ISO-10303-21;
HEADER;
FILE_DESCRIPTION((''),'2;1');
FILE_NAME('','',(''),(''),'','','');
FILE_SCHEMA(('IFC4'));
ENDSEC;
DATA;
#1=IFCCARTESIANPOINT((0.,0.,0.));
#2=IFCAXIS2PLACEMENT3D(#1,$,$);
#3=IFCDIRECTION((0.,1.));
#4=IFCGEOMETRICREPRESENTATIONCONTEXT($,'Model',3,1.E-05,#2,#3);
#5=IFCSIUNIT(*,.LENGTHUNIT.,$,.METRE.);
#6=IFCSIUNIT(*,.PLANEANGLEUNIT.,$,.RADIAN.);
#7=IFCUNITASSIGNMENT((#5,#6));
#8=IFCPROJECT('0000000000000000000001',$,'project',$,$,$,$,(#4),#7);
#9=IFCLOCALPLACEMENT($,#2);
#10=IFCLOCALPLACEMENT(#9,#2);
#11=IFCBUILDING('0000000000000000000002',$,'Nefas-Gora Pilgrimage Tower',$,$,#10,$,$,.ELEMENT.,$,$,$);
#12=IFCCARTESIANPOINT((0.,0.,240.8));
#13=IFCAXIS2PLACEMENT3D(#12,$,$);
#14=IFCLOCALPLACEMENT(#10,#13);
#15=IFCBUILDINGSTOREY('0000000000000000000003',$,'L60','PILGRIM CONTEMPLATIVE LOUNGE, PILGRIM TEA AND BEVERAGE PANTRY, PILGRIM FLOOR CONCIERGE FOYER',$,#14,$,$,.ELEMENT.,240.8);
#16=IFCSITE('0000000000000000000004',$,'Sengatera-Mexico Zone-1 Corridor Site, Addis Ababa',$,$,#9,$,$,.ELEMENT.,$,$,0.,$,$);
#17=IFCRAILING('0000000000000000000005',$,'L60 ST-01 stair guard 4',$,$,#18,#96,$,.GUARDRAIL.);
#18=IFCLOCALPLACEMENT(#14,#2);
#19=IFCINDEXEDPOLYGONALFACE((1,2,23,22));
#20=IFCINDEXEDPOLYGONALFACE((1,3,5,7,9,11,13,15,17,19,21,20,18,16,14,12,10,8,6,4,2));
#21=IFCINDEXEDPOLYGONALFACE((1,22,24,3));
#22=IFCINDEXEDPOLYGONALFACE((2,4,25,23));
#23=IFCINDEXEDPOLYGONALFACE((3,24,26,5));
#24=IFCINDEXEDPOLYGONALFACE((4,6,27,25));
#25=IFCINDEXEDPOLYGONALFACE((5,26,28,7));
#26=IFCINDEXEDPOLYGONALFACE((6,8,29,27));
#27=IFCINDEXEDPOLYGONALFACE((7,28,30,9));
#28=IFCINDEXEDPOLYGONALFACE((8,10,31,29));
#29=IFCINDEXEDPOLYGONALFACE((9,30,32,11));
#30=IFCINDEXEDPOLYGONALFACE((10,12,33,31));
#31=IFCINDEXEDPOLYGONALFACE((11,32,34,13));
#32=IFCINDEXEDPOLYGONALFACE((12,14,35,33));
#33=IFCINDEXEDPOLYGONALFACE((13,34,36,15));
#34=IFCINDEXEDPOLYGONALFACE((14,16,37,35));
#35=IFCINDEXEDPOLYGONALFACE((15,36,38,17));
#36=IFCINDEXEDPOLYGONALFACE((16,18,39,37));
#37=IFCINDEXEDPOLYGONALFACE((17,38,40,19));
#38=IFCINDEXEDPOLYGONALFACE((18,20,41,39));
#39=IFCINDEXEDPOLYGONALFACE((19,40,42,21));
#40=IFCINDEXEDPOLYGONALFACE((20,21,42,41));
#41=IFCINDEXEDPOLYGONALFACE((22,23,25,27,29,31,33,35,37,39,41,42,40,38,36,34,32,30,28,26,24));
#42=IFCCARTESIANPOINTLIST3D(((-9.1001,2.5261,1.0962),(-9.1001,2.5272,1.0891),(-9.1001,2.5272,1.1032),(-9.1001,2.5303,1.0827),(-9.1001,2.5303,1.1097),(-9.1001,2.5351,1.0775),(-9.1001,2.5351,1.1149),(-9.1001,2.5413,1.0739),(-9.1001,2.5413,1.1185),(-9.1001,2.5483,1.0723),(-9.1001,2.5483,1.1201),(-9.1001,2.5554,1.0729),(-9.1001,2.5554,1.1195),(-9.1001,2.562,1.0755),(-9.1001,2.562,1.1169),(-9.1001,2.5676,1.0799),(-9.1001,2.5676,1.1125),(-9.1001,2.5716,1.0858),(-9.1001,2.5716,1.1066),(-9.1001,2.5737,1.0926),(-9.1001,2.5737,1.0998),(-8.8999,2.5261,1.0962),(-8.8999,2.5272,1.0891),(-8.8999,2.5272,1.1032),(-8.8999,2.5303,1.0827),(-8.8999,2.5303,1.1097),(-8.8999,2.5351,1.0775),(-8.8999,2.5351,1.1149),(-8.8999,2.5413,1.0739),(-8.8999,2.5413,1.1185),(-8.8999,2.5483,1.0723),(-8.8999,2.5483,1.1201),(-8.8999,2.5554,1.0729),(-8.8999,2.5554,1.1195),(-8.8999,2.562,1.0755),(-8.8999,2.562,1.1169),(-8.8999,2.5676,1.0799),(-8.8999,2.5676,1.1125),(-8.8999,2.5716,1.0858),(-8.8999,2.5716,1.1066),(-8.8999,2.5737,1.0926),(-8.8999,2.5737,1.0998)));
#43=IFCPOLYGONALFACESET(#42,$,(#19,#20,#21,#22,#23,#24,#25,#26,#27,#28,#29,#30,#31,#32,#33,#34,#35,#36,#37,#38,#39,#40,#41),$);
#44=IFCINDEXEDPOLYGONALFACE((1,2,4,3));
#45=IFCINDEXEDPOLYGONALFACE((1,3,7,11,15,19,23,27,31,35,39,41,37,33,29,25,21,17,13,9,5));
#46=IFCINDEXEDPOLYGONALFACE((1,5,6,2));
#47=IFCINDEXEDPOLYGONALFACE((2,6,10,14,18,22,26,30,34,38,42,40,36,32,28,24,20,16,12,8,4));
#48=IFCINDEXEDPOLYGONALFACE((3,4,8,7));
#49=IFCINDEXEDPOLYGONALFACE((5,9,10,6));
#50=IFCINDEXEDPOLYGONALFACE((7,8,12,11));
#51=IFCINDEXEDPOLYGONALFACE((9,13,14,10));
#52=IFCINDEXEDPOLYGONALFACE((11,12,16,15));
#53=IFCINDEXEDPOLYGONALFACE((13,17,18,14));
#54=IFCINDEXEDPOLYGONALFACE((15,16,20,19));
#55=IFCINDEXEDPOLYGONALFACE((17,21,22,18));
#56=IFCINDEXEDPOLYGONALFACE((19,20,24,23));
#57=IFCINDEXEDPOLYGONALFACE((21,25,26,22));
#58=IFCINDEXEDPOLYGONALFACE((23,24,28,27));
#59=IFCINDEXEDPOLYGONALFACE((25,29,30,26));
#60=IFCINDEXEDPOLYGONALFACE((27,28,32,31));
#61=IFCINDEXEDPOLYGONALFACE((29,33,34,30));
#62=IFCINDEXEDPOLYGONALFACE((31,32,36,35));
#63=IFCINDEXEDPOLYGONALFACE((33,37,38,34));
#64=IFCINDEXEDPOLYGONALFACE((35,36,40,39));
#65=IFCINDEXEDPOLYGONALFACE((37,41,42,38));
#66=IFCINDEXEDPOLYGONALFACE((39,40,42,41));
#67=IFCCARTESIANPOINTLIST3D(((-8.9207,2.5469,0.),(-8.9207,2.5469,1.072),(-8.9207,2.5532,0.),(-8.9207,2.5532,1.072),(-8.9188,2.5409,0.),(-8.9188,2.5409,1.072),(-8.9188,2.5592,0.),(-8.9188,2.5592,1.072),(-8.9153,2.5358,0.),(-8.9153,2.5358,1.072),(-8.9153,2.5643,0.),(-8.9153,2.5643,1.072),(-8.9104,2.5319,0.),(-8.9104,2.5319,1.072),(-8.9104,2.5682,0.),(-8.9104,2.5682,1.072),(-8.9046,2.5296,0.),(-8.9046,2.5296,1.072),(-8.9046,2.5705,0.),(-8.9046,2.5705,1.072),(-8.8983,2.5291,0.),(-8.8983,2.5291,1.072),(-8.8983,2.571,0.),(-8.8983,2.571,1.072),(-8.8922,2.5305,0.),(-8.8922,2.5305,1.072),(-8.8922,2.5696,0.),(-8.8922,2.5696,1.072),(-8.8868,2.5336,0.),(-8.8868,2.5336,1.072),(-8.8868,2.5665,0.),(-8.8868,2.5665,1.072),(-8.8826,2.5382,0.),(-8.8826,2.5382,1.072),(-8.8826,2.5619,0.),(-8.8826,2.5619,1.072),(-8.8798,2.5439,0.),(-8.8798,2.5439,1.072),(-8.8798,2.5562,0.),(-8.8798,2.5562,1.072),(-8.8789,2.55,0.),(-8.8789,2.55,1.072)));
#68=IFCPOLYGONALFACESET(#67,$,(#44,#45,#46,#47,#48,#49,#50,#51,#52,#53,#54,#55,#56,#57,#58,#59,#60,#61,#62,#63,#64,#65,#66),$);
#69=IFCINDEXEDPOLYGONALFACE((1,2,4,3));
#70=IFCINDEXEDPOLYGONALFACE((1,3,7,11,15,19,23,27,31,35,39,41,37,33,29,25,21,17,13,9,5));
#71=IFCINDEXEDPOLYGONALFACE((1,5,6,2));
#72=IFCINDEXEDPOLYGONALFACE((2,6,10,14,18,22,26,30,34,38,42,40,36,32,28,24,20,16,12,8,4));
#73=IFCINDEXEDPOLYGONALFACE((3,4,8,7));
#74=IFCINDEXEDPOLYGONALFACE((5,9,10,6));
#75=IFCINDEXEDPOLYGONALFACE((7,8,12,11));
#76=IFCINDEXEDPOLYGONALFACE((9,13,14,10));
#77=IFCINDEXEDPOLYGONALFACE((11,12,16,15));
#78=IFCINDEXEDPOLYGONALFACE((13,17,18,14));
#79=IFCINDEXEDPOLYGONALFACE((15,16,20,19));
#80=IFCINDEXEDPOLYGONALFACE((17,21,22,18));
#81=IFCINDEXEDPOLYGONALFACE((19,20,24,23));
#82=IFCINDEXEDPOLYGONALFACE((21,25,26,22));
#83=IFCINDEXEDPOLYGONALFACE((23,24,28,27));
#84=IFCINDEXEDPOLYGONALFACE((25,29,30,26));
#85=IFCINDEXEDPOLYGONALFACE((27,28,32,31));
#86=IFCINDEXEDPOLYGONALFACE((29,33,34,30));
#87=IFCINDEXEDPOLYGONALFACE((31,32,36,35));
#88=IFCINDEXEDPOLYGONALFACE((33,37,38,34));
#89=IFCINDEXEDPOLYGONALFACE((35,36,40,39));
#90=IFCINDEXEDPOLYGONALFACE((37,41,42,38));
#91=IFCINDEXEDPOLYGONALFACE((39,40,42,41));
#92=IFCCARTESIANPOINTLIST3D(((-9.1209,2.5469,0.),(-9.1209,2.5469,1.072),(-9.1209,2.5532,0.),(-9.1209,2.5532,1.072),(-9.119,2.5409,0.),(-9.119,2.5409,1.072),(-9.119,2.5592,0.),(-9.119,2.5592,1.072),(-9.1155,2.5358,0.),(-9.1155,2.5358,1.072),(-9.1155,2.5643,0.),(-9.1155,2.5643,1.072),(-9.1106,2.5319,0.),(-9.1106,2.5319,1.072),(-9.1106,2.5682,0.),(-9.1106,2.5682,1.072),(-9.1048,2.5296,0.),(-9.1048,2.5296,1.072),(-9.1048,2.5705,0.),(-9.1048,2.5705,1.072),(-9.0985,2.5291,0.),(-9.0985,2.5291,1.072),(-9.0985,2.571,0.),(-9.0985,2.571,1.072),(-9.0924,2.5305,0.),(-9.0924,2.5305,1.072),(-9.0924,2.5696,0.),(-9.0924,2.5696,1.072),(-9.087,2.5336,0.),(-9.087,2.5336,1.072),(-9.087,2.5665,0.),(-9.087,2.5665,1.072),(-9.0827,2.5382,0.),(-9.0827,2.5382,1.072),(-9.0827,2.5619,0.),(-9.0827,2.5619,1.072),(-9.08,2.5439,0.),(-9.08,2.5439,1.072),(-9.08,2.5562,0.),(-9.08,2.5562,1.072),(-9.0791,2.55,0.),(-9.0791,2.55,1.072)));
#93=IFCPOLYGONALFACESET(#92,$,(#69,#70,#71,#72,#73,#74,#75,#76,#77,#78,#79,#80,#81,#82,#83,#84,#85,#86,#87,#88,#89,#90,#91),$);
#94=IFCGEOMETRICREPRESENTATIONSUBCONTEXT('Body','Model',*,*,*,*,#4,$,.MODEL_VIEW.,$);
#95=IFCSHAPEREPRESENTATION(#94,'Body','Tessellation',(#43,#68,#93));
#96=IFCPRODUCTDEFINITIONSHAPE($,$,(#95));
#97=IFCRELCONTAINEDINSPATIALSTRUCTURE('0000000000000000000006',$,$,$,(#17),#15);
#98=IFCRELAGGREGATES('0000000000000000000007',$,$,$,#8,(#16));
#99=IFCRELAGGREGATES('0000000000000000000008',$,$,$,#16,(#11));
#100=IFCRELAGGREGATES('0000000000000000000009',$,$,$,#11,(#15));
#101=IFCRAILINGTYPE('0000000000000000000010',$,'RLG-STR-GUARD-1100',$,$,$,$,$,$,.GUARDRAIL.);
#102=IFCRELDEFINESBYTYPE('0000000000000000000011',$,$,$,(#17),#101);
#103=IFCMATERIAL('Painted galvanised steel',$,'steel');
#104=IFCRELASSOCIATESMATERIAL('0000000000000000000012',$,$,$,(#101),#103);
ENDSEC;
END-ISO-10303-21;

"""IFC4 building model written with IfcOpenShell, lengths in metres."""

from ifc_helpers import new_model, si_unit, direction, frame, origin, origin_2d, place, context, subcontext, project, spatial, circle, extrude, material, type_object, element, save


model = new_model("IFC4")

# Units and contexts
model_context = context("Model", 3, precision=1e-05, world=origin(), true_north=direction((0.0, 1.0)))
body_context = subcontext(model_context, "Body", "Model", "MODEL_VIEW")
ifc_project = project(units=[si_unit("LENGTHUNIT", "METRE"), si_unit("PLANEANGLEUNIT", "RADIAN")], contexts=[model_context])

# Site, building, storey
site_placement = place(None, origin())
site = spatial("IfcSite", under=ifc_project, at=site_placement, Name="Sengatera-Mexico Zone-1 Corridor Site, Addis Ababa", CompositionType="ELEMENT", RefElevation=0.0)
building_placement = place(site_placement, origin())
building = spatial("IfcBuilding", under=site, at=building_placement, Name="Nefas-Gora Pilgrimage Tower", CompositionType="ELEMENT")
storey_placement = place(building_placement, frame((0.0, 0.0, 240.8)))
storey = spatial("IfcBuildingStorey", under=building, at=storey_placement, Name="L60", Description="PILGRIM CONTEMPLATIVE LOUNGE, PILGRIM TEA AND BEVERAGE PANTRY, PILGRIM FLOOR CONCIERGE FOYER", CompositionType="ELEMENT", Elevation=240.8)

# Railing
ifc_material_1 = material(Name="Painted galvanised steel", Category="steel")
railing_type_1 = type_object("IfcRailingType", Name="RLG-STR-GUARD-1100", PredefinedType="GUARDRAIL", material=ifc_material_1)
railing_1_placement = place(storey_placement, frame((-8.8999, 2.55, 0.0)))
element("IfcRailing", 1, at=railing_1_placement, inside=storey, type_object=railing_type_1, Name="L60 ST-01 stair guard 4", PredefinedType="GUARDRAIL", context=body_context, shape_type="SweptSolid", body=[
    extrude(circle(Radius=0.0239, at=origin_2d()), frame((0.0, 0.0, 1.0962), z_axis=(-1.0, 0.0, 0.0), x_axis=(0.0, -1.0, 0.0)), (0.0, 0.0, 1.0), 0.2002),
    extrude(circle(Radius=0.021, at=origin_2d()), origin(), (0.0, 0.0, 1.0), 1.072),
    extrude(circle(Radius=0.021, at=origin_2d()), frame((-0.2002, 0.0, 0.0)), (0.0, 0.0, 1.0), 1.072),
])

save(model, "model.ifc")
